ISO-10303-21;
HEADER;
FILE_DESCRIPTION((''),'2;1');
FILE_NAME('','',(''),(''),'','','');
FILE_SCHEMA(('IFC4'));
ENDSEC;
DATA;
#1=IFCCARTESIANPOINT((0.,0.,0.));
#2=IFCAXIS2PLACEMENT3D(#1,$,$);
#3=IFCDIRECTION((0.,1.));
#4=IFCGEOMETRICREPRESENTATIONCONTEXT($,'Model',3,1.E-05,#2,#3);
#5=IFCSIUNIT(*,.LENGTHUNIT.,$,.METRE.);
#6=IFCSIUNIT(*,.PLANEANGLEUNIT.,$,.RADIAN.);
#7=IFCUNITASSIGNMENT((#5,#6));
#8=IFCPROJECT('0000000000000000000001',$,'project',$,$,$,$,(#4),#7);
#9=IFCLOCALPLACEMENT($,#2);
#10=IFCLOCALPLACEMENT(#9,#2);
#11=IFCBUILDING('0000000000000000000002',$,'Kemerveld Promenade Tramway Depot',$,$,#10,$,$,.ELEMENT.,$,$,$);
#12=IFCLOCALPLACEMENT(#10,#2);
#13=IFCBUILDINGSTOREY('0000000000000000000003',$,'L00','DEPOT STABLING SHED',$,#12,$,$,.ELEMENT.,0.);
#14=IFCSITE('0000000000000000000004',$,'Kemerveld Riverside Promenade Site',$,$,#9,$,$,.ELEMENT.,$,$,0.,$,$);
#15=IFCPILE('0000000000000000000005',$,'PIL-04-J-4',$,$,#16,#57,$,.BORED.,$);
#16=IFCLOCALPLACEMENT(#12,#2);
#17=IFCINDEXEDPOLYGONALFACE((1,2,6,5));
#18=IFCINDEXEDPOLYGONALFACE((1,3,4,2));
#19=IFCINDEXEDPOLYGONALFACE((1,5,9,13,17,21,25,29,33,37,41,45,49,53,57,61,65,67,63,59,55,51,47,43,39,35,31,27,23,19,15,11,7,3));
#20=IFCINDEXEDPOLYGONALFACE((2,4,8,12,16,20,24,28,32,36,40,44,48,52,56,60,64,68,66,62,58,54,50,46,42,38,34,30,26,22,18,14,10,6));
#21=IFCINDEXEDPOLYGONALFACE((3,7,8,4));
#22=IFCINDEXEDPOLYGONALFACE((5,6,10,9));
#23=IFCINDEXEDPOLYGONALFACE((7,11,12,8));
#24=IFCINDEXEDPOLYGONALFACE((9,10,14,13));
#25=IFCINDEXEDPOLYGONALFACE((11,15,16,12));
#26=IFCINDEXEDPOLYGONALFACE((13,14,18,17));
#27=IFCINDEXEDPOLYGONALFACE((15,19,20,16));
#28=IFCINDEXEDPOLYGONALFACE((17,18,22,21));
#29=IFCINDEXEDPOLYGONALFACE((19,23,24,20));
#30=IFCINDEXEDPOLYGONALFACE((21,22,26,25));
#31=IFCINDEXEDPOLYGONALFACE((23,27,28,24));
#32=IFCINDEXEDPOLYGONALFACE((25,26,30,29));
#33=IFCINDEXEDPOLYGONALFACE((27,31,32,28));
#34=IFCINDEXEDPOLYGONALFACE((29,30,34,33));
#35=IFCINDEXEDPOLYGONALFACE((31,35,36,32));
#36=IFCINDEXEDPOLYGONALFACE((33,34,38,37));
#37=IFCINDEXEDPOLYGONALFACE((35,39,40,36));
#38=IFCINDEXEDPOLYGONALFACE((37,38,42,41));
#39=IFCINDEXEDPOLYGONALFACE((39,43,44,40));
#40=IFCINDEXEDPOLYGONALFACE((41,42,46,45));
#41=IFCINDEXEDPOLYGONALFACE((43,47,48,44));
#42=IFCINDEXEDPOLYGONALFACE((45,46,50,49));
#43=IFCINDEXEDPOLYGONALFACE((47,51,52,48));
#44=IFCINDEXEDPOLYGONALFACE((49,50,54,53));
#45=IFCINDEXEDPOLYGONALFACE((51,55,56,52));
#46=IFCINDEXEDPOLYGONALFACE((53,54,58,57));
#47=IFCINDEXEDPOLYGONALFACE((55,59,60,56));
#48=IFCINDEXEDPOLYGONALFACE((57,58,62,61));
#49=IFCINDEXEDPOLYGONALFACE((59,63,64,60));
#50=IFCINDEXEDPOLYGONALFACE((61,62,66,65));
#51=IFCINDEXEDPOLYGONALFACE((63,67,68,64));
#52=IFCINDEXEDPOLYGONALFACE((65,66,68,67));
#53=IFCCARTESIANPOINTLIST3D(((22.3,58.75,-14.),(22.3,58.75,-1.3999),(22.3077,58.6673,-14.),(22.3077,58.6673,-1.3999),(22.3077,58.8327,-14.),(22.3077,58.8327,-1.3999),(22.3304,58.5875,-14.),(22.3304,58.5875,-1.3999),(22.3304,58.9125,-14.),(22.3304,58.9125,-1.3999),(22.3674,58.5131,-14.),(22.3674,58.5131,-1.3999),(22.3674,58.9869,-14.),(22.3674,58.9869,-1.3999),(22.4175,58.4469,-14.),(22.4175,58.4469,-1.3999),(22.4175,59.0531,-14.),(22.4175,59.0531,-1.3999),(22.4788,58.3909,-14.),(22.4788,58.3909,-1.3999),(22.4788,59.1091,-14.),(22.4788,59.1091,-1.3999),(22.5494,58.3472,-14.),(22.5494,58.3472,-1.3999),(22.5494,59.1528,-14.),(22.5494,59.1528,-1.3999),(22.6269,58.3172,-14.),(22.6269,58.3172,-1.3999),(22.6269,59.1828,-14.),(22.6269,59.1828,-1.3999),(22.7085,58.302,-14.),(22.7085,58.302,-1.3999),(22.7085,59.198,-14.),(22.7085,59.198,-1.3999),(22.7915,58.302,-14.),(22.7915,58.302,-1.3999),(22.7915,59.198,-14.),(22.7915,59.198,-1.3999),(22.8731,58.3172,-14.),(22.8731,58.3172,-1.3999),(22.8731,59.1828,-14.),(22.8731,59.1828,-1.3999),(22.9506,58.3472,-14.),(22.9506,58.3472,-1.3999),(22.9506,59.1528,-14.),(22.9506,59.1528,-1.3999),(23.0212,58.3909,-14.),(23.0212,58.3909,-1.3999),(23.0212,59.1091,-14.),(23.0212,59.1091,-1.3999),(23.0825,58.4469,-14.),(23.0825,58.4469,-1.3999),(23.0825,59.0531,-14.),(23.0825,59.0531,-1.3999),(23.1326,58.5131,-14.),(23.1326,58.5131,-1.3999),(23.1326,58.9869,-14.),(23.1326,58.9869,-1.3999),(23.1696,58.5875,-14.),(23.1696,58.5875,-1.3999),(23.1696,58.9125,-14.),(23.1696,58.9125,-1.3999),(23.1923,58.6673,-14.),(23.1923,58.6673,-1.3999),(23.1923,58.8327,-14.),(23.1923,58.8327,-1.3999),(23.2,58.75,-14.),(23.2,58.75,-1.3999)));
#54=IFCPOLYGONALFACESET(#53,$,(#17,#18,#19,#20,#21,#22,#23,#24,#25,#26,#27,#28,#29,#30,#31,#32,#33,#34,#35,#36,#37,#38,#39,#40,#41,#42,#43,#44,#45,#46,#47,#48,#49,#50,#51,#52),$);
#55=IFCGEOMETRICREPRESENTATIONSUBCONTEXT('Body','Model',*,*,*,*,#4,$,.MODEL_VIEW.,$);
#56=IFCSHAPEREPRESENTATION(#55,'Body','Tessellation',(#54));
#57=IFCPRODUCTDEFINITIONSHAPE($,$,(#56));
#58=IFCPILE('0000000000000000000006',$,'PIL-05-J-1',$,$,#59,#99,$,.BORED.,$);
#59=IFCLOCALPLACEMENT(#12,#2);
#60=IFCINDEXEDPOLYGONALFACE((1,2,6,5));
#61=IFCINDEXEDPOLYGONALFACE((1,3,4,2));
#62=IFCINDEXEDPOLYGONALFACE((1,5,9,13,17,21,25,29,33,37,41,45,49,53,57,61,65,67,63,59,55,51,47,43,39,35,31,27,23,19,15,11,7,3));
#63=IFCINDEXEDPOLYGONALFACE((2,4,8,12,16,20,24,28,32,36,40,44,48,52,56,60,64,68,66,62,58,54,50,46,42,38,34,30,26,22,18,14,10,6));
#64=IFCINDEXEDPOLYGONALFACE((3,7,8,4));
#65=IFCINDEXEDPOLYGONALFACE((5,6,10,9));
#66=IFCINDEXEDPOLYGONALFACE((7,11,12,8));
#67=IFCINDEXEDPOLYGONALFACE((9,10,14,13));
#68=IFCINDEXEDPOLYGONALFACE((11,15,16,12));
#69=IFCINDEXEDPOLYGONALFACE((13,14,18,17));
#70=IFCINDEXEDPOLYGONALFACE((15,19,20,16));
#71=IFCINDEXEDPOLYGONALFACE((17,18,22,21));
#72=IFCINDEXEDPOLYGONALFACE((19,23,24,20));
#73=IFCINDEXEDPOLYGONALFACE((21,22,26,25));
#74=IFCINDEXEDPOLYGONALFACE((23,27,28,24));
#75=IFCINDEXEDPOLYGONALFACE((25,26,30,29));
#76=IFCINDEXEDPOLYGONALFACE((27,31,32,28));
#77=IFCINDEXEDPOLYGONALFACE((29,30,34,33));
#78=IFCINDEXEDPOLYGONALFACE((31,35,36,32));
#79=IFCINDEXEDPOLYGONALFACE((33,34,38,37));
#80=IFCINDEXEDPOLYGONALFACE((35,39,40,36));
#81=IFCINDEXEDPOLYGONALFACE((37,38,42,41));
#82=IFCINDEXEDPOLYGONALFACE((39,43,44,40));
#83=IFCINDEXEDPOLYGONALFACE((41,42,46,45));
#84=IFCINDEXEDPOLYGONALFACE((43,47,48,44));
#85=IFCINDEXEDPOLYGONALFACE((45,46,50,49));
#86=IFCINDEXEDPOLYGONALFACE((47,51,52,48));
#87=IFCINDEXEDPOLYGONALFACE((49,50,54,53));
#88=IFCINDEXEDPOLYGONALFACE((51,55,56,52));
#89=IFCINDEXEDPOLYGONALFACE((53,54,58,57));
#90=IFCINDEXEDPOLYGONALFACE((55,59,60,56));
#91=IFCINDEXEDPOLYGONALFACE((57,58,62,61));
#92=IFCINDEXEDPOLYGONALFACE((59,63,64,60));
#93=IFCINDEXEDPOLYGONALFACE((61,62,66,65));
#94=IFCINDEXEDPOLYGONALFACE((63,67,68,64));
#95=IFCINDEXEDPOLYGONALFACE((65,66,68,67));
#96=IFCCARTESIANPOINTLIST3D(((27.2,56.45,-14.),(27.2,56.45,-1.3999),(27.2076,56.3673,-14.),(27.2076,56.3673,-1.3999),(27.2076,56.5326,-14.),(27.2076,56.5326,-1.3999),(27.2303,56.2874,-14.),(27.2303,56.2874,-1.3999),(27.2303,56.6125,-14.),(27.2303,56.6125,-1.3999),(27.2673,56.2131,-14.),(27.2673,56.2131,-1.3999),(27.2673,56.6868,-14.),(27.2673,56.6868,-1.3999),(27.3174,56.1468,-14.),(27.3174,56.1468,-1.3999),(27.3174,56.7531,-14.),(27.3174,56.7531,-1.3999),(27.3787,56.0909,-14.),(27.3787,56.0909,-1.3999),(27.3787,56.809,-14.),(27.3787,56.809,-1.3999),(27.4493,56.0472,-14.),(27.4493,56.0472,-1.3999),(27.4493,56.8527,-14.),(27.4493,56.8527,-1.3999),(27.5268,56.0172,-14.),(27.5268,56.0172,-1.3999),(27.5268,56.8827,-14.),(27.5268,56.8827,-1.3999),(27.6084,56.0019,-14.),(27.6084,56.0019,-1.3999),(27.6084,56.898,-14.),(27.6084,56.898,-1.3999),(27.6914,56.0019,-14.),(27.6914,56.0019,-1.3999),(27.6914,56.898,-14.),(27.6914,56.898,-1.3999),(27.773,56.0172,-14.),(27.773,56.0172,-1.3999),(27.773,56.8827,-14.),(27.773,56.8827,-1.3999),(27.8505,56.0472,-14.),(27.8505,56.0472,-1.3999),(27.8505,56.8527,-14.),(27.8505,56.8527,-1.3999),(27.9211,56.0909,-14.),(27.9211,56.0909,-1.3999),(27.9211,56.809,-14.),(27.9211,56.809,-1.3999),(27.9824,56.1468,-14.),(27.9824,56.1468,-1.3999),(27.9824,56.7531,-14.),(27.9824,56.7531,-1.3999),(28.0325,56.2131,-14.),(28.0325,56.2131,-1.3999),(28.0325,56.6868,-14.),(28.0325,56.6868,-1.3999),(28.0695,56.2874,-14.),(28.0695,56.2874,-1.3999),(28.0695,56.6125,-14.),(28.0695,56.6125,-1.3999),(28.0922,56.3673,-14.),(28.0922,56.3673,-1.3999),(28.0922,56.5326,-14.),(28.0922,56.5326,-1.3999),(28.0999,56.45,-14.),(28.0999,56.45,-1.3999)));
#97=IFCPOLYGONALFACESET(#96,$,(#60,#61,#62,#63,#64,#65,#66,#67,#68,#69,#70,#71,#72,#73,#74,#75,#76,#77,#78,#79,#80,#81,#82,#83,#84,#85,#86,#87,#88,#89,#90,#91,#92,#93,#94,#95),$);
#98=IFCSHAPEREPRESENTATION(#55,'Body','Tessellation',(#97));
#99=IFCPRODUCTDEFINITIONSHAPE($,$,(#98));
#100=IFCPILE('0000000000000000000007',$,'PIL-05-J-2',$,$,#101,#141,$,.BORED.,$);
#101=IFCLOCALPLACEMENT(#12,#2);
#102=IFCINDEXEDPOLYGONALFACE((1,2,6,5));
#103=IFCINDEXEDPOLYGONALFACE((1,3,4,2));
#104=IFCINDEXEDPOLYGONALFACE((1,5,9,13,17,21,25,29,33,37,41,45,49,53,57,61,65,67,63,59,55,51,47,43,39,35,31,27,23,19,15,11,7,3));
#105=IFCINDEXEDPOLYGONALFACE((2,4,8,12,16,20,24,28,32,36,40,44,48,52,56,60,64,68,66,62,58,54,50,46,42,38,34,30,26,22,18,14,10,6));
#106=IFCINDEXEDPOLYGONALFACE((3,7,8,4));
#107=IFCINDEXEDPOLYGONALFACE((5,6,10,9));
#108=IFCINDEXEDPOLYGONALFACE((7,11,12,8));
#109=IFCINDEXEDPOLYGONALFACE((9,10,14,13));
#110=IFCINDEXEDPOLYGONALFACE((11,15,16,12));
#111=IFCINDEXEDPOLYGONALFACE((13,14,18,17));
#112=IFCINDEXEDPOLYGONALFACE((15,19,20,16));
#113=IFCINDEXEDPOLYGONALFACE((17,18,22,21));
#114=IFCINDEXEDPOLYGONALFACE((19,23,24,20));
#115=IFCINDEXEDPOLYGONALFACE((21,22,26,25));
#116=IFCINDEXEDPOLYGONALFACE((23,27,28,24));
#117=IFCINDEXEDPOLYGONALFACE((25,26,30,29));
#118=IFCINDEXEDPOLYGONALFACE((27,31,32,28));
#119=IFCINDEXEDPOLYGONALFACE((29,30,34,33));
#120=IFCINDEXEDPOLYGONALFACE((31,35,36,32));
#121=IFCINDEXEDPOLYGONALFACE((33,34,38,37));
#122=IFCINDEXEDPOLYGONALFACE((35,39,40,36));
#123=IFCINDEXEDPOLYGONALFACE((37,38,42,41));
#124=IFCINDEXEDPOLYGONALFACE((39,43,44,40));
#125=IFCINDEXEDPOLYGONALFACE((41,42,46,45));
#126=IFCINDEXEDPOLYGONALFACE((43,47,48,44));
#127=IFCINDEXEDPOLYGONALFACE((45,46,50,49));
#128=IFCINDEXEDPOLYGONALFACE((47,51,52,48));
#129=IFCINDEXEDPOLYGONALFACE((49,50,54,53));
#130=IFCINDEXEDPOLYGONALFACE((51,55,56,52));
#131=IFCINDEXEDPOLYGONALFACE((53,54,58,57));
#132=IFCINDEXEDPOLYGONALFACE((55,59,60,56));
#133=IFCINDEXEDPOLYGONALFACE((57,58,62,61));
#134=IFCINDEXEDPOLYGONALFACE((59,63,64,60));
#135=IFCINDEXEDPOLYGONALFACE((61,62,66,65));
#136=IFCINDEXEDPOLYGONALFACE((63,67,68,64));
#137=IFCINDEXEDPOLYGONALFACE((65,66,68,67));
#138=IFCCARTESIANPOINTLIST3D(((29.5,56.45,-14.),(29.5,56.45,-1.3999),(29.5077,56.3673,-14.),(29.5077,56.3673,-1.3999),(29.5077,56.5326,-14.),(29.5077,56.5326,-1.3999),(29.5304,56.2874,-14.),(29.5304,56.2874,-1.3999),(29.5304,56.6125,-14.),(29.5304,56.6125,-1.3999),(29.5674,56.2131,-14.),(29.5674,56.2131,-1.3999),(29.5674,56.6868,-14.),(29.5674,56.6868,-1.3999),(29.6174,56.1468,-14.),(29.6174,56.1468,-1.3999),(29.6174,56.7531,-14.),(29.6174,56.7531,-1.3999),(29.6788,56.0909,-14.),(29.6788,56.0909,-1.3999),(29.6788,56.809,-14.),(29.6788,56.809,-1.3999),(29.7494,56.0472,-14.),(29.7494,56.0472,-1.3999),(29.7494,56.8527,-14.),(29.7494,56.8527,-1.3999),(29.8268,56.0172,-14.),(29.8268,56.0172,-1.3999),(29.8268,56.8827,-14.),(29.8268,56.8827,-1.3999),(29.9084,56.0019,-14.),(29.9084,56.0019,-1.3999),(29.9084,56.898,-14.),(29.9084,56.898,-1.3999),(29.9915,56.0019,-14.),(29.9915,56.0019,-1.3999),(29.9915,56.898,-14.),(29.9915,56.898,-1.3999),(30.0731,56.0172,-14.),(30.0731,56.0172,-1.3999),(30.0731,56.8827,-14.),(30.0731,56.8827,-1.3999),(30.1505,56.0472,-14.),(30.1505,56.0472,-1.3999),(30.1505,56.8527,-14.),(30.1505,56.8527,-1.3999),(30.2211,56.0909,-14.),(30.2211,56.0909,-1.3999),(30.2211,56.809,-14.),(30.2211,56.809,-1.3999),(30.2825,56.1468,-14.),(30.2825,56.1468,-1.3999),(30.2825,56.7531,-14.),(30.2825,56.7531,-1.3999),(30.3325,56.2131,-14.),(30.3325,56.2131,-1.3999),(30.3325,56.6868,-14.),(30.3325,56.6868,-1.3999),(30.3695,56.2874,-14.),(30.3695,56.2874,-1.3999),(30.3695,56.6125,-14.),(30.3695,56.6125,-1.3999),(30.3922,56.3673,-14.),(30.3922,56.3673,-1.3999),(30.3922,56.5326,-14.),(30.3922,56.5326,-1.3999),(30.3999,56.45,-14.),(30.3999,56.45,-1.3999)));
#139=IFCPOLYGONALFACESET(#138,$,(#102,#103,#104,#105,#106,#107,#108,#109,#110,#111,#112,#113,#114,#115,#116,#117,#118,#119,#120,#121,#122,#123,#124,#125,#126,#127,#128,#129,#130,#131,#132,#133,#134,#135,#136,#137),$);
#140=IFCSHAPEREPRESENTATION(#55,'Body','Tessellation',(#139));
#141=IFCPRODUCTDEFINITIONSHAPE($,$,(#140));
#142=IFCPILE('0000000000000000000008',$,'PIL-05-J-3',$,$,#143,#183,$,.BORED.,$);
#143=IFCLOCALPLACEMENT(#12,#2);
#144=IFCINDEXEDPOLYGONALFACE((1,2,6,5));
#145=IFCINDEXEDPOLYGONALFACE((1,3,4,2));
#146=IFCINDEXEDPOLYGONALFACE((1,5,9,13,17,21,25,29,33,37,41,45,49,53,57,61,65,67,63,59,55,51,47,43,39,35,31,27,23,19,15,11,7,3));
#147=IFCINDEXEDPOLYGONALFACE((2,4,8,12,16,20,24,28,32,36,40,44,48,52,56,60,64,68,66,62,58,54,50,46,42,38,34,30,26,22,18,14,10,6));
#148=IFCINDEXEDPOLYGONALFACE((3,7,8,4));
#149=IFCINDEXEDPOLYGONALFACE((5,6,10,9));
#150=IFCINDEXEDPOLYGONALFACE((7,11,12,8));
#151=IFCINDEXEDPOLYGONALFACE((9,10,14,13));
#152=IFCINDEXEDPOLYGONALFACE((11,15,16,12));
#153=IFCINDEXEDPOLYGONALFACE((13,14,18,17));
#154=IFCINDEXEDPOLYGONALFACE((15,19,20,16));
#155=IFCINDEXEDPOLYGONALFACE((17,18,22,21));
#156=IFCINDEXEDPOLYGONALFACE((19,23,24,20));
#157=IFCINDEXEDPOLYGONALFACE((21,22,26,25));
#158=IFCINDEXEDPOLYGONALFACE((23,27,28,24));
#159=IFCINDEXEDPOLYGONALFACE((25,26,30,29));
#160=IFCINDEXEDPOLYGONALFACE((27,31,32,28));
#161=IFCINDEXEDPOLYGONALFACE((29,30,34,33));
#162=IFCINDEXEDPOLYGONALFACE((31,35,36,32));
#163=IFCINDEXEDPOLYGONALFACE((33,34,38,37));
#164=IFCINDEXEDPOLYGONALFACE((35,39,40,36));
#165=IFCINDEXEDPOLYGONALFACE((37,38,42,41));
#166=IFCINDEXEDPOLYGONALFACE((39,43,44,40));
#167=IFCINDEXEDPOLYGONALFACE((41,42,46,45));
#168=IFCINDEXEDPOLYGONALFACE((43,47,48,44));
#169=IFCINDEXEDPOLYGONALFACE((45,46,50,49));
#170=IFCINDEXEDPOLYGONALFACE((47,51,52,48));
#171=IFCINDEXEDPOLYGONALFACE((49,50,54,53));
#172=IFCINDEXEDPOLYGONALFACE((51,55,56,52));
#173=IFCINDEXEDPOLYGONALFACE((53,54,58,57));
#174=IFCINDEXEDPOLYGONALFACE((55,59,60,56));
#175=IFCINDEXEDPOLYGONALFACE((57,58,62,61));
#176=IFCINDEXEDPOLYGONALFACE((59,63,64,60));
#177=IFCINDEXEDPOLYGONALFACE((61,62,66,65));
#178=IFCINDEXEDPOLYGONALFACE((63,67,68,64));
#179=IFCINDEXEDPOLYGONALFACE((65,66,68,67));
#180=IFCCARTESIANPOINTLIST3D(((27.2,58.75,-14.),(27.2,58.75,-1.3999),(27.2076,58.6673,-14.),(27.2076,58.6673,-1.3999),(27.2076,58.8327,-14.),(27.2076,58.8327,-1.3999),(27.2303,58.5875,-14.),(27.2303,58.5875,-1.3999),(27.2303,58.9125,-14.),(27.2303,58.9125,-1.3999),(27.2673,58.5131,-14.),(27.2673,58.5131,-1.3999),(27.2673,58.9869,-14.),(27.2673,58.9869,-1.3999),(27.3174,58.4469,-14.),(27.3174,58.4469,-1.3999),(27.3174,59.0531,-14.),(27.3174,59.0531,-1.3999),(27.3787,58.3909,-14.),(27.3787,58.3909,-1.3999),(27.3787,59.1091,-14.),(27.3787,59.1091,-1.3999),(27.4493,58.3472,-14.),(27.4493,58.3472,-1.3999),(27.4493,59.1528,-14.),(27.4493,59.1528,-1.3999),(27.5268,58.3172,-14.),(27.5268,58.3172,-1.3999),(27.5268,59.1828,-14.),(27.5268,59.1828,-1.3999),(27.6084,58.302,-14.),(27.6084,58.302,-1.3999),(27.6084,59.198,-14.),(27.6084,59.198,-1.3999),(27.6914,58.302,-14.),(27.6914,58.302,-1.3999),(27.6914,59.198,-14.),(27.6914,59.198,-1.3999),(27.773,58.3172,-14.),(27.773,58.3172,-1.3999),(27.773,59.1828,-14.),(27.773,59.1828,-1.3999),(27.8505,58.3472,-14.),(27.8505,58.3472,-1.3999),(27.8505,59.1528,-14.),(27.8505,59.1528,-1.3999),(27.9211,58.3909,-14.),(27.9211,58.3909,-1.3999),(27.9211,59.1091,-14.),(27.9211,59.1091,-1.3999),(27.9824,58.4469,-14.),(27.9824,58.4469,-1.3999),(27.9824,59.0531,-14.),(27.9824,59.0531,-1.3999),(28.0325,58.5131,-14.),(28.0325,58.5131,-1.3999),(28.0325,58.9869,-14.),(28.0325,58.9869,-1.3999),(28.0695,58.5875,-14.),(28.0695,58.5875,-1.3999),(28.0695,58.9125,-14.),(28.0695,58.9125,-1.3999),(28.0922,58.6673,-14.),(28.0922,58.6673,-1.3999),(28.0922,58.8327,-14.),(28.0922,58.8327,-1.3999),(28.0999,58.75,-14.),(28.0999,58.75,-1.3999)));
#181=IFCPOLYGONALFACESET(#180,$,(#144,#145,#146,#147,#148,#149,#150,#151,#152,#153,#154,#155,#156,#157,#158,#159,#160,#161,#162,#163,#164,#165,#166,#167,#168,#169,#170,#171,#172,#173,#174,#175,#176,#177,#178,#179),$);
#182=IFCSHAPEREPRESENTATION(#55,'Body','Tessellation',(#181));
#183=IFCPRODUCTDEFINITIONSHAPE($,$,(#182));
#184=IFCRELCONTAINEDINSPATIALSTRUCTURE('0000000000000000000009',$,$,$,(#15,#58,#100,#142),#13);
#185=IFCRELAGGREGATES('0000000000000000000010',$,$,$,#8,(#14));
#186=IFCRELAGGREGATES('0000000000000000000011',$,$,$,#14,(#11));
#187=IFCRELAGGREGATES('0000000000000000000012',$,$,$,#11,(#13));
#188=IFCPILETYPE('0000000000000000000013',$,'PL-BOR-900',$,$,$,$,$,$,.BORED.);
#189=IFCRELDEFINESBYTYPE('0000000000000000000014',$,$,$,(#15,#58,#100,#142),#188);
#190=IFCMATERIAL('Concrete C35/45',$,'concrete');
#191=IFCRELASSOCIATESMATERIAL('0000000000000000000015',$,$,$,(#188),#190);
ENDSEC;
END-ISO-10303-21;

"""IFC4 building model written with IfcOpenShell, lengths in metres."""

from ifc_helpers import new_model, si_unit, direction, frame, origin, origin_2d, place, context, subcontext, project, spatial, circle, extrude, material, material_profile, profile_set, type_object, element, save


model = new_model("IFC4")

# Units and contexts
model_context = context("Model", 3, precision=1e-05, world=origin(), true_north=direction((0.0, 1.0)))
body_context = subcontext(model_context, "Body", "Model", "MODEL_VIEW")
ifc_project = project(units=[si_unit("LENGTHUNIT", "METRE"), si_unit("PLANEANGLEUNIT", "RADIAN")], contexts=[model_context])

# Site, building, storey
site_placement = place(None, origin())
site = spatial("IfcSite", under=ifc_project, at=site_placement, Name="Kemerveld Riverside Promenade Site", CompositionType="ELEMENT", RefElevation=0.0)
building_placement = place(site_placement, origin())
building = spatial("IfcBuilding", under=site, at=building_placement, Name="Kemerveld Promenade Tramway Depot", CompositionType="ELEMENT")
storey_placement = place(building_placement, origin())
storey = spatial("IfcBuildingStorey", under=building, at=storey_placement, Name="L00", Description="DEPOT STABLING SHED", CompositionType="ELEMENT", Elevation=0.0)

# Shared definitions
ifc_material_1 = material(Name="Concrete C35/45", Category="concrete")

# Piles
ifc_material_profile_1 = material_profile(ifc_material_1, circle(Radius=0.45, at=origin_2d()), Name="PILE-D900")
ifc_profile_set_1 = profile_set([ifc_material_profile_1], Name="Concrete C35/45")
pile_type_1 = type_object("IfcPileType", Name="PL-BOR-900", PredefinedType="BORED", material=ifc_profile_set_1)
for number, where, z_axis, x_axis, name in (
    (1, (22.75, 58.75, -1.3999), (0.0, 0.0, -1.0), (1.0, 0.0, 0.0), "PIL-04-J-4"),
    (2, (27.6499, 56.45, -1.3999), (0.0, 0.0, -1.0), (1.0, 0.0, 0.0), "PIL-05-J-1"),
    (3, (29.95, 56.45, -1.3999), (0.0, 0.0, -1.0), (1.0, 0.0, 0.0), "PIL-05-J-2"),
    (4, (27.6499, 58.75, -1.3999), (0.0, 0.0, -1.0), (1.0, 0.0, 0.0), "PIL-05-J-3"),
):
    element("IfcPile", number, at=place(storey_placement, frame(where, z_axis=z_axis, x_axis=x_axis)), inside=storey, type_object=pile_type_1, Name=name, PredefinedType="BORED", context=body_context, shape_type="SweptSolid", body=[
        extrude(circle(Radius=0.45, at=origin_2d()), origin(), (0.0, 0.0, 1.0), 12.6001),
    ])

save(model, "model.ifc")
